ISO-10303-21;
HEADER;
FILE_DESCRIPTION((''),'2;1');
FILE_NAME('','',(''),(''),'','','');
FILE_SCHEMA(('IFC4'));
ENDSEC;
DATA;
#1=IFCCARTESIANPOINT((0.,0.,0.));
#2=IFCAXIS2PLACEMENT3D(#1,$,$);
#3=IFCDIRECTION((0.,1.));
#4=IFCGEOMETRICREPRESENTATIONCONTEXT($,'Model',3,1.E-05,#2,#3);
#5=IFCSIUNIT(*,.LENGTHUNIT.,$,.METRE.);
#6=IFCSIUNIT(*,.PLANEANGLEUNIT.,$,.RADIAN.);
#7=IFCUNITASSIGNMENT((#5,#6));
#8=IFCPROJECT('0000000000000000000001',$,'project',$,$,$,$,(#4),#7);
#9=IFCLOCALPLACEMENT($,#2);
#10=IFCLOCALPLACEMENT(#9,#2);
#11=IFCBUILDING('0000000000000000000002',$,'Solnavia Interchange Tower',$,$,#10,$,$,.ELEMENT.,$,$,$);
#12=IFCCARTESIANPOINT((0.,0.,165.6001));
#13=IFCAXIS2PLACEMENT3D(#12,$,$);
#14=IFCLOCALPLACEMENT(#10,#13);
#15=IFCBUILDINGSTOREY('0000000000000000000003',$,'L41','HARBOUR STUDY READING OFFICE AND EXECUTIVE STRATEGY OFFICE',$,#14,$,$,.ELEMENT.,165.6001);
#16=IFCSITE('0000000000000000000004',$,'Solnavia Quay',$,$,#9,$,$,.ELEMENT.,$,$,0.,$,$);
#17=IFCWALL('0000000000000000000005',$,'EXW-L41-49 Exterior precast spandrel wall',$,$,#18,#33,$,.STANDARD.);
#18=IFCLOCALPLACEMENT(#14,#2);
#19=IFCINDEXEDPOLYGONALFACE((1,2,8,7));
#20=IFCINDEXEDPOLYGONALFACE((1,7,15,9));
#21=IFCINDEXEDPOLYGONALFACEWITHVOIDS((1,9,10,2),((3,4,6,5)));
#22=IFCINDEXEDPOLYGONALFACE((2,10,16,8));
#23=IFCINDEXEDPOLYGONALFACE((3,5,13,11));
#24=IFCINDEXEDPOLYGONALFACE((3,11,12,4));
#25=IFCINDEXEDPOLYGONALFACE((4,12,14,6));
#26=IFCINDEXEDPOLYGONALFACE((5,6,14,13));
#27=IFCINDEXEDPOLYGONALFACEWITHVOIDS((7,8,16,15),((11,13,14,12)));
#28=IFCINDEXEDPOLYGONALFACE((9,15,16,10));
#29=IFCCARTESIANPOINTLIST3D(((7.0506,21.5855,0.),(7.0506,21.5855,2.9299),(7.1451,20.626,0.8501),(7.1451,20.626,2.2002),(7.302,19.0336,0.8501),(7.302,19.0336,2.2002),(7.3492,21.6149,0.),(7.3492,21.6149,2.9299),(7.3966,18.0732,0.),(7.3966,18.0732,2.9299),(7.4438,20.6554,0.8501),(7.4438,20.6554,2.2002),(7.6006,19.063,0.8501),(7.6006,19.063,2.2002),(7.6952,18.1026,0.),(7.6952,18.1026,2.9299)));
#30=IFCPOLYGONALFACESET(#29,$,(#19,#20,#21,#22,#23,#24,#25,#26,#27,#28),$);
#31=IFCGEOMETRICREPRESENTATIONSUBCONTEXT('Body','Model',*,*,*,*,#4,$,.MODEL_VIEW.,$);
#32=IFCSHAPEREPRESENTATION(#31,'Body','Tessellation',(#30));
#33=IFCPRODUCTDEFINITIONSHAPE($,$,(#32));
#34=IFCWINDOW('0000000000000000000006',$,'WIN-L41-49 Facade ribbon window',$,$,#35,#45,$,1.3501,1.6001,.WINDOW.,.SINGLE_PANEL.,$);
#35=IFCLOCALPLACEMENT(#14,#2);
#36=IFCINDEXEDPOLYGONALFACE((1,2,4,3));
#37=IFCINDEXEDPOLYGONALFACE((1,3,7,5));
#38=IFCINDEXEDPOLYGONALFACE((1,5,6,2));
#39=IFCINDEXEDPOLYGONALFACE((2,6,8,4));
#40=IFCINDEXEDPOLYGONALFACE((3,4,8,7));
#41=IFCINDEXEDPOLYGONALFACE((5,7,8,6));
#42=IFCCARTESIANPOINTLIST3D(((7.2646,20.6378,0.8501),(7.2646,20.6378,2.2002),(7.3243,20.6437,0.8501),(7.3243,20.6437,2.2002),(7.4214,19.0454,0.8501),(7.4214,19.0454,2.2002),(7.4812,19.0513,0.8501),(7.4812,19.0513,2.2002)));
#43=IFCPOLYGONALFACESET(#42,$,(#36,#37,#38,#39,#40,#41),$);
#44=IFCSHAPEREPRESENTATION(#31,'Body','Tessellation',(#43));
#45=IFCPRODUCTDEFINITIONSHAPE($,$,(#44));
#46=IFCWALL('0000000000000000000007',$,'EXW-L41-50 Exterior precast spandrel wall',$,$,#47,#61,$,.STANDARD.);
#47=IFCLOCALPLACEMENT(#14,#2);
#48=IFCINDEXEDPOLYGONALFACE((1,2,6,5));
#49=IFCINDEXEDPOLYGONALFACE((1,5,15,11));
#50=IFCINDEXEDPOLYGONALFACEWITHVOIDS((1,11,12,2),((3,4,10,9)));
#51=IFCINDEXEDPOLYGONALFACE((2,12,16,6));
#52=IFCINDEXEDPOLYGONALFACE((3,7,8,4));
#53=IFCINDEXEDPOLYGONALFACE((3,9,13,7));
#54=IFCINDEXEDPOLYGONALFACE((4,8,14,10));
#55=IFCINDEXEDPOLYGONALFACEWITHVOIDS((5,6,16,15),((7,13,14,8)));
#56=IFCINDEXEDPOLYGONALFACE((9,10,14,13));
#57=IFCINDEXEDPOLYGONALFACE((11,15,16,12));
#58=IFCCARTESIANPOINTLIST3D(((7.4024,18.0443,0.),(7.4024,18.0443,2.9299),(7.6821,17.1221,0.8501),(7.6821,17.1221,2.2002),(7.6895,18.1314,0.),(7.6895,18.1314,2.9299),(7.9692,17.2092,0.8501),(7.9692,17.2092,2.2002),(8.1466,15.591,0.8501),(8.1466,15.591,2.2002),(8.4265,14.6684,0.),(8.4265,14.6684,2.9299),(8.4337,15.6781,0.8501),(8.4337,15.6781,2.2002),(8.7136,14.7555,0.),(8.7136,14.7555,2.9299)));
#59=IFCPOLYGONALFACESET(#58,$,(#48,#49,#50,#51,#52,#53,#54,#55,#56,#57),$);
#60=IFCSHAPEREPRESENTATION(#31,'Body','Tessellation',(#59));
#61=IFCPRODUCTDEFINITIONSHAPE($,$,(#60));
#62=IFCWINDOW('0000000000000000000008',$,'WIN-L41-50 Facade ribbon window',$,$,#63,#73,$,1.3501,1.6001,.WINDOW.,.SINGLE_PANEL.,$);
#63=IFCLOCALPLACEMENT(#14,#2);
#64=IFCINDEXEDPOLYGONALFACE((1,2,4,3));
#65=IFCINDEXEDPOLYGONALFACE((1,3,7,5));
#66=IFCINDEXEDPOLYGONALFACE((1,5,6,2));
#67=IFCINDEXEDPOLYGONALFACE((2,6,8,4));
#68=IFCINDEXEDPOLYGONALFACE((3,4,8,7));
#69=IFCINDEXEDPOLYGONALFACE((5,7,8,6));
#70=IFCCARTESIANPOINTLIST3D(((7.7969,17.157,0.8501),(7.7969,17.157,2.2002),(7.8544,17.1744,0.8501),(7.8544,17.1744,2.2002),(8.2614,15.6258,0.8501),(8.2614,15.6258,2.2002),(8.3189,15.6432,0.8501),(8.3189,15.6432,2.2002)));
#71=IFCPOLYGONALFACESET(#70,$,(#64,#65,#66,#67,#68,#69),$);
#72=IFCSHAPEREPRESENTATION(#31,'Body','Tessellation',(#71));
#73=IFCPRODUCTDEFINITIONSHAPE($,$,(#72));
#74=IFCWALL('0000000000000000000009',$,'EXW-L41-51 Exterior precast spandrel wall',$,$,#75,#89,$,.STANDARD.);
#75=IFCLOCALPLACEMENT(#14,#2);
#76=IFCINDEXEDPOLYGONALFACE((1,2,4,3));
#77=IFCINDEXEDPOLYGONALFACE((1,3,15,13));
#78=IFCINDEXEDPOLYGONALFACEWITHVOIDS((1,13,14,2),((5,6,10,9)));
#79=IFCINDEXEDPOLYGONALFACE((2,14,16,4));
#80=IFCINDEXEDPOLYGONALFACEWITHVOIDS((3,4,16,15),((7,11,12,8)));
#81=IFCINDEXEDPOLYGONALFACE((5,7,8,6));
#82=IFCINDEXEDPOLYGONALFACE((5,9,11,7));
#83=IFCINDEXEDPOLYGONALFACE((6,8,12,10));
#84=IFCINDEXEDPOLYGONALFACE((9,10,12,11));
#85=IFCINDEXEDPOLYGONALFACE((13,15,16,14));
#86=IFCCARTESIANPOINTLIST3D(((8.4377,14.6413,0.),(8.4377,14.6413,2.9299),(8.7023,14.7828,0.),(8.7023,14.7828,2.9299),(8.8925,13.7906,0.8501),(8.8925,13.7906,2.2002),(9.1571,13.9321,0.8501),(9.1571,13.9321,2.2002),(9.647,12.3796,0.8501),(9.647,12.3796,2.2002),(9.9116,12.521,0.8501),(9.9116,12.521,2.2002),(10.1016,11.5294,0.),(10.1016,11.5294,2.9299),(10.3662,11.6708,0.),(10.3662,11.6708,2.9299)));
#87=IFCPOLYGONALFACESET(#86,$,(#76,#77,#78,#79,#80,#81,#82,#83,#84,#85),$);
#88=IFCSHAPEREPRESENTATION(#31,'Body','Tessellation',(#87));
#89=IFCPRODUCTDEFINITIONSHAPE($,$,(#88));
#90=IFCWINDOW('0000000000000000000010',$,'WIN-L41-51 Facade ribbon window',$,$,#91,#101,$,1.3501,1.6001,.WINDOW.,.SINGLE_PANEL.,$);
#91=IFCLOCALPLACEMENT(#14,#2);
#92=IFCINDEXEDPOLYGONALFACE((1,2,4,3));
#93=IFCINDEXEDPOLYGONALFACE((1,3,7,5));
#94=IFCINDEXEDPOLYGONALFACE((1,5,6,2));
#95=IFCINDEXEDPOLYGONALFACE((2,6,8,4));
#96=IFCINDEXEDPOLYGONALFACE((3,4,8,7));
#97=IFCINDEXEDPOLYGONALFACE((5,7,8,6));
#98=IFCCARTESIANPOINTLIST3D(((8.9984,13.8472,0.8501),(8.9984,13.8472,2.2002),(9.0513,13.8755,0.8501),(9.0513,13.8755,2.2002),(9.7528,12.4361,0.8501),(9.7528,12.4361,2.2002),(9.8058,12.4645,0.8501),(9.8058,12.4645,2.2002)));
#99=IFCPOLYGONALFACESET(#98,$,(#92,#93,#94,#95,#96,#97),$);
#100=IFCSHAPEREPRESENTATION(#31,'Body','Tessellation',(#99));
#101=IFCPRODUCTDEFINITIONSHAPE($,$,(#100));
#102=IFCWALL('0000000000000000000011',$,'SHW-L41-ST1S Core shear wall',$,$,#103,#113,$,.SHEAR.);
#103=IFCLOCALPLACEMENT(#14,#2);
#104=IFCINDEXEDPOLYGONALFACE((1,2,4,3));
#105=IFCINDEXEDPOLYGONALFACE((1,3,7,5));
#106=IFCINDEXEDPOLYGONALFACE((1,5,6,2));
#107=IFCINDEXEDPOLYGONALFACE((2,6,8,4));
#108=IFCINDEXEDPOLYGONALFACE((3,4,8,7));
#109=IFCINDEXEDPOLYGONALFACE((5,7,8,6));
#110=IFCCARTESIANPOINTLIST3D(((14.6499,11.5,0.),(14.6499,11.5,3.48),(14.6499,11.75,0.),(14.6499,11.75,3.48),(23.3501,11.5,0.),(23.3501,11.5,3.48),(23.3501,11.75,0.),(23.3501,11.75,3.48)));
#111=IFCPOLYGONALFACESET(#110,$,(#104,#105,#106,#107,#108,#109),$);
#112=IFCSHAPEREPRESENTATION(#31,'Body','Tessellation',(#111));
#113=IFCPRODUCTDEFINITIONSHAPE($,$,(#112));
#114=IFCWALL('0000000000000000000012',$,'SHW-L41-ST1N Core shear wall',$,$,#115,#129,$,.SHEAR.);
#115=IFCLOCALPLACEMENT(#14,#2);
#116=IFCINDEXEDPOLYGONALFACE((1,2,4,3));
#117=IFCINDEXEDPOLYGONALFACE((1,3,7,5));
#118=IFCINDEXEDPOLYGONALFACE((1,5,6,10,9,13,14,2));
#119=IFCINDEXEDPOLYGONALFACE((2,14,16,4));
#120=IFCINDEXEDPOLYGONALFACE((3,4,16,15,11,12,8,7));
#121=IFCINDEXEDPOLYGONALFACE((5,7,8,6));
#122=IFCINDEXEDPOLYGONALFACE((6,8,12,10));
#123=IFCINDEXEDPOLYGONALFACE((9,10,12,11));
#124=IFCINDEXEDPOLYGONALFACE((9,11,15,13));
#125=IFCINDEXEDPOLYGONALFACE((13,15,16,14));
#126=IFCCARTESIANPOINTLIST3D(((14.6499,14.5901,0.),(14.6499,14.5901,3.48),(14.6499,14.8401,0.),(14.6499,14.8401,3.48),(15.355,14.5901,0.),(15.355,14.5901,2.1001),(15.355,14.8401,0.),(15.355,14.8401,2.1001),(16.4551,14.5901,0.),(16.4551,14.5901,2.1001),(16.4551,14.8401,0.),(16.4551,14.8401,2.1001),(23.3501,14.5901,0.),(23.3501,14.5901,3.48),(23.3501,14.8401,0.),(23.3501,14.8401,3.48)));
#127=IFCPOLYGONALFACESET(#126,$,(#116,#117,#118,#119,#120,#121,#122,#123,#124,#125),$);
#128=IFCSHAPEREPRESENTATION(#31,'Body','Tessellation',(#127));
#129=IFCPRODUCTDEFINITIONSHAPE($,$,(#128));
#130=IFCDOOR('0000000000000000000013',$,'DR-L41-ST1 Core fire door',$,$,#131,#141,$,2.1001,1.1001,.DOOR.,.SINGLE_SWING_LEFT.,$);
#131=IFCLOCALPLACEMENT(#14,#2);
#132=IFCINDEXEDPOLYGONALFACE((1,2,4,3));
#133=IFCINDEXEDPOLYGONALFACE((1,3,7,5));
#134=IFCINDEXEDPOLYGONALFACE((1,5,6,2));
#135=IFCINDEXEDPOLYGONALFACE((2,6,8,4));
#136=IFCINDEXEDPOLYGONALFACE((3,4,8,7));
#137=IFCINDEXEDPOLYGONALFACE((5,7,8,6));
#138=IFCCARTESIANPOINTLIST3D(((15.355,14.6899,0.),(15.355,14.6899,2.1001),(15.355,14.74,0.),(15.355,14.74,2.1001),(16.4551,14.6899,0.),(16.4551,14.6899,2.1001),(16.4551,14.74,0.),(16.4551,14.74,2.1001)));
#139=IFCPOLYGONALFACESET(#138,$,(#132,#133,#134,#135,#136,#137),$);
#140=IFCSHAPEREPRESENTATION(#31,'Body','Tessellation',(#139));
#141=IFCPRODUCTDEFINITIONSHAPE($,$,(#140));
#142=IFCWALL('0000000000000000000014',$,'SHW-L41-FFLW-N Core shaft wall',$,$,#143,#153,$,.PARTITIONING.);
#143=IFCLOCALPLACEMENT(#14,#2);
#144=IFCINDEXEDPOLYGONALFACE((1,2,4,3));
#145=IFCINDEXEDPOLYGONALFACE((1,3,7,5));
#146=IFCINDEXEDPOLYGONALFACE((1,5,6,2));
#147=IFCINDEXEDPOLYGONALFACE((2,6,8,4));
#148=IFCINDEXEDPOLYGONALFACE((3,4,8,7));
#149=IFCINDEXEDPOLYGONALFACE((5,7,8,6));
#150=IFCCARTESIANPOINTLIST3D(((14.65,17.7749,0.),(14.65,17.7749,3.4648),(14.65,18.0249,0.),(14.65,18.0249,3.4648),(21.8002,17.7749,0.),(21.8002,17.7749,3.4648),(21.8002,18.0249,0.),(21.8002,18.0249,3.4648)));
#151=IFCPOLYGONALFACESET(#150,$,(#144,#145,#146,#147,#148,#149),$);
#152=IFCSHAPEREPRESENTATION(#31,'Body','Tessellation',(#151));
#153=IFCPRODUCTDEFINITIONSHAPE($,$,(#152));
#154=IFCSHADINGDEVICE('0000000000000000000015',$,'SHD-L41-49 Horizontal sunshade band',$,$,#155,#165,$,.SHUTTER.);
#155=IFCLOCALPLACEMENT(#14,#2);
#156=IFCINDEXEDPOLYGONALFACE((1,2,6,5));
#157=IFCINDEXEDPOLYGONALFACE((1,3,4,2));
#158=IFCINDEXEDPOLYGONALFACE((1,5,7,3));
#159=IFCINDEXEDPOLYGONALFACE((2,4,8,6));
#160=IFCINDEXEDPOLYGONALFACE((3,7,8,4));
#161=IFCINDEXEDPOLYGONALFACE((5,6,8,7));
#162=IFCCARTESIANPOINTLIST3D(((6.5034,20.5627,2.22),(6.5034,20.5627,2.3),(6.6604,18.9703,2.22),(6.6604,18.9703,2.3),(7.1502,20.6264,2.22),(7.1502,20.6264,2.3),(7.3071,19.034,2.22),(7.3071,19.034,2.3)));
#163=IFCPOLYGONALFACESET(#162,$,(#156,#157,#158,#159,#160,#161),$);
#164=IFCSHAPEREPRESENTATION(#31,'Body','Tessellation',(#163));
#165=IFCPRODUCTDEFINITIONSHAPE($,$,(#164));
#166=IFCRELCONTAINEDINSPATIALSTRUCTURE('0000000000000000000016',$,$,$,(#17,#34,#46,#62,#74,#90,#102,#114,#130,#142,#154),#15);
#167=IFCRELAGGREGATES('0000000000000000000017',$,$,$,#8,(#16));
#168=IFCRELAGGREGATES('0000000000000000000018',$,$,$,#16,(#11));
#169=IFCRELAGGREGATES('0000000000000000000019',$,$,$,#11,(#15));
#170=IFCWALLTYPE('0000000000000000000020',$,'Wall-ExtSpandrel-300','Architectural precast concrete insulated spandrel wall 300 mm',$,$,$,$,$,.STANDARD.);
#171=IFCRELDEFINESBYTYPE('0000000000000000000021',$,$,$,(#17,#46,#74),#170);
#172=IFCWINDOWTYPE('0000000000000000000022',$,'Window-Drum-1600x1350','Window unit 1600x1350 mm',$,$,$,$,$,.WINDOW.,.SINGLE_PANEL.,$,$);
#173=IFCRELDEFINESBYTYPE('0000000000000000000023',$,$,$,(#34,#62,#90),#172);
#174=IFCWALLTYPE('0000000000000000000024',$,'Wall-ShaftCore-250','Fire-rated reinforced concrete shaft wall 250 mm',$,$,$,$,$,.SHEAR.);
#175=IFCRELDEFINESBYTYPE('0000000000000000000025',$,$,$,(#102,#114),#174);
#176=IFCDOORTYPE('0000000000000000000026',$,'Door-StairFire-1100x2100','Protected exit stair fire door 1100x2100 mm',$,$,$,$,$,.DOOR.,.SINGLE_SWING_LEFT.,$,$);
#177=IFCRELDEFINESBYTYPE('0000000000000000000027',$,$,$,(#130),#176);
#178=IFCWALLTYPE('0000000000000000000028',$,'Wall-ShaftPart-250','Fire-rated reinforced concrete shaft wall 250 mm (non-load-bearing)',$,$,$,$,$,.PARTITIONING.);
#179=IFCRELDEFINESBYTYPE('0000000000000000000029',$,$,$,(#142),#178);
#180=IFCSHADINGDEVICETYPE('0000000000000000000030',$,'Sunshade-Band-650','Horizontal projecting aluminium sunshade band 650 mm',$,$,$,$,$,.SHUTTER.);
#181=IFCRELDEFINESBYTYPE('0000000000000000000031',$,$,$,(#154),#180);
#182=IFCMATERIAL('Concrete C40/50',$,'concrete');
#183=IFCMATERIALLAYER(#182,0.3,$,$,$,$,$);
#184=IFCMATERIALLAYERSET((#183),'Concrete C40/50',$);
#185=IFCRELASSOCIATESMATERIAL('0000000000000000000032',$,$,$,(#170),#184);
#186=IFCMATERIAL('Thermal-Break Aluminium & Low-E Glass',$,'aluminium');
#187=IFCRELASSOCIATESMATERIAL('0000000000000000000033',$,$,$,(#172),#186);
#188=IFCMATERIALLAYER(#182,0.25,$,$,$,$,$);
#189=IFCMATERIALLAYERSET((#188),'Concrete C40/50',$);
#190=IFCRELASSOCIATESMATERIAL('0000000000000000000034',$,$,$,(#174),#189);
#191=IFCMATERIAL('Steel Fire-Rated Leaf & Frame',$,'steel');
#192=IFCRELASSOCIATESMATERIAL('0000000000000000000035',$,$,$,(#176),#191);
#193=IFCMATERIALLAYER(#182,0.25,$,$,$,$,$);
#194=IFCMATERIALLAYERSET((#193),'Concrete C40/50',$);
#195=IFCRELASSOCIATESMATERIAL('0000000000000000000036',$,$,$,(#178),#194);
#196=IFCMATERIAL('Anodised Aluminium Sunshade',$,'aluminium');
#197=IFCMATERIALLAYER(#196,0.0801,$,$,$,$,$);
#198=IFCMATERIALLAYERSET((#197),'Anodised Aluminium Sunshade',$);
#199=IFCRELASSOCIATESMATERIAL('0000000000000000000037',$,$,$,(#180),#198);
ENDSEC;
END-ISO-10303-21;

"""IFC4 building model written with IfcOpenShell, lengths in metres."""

from ifc_helpers import new_model, si_unit, direction, frame, frame_2d, origin, origin_2d, place, context, subcontext, project, spatial, rectangle, extrude, material, layer, layer_set, type_object, element, fill, save


model = new_model("IFC4")

# Units and contexts
model_context = context("Model", 3, precision=1e-05, world=origin(), true_north=direction((0.0, 1.0)))
body_context = subcontext(model_context, "Body", "Model", "MODEL_VIEW")
ifc_project = project(units=[si_unit("LENGTHUNIT", "METRE"), si_unit("PLANEANGLEUNIT", "RADIAN")], contexts=[model_context])

# Site, building, storey
site_placement = place(None, origin())
site = spatial("IfcSite", under=ifc_project, at=site_placement, Name="Solnavia Quay", CompositionType="ELEMENT", RefElevation=0.0)
building_placement = place(site_placement, origin())
building = spatial("IfcBuilding", under=site, at=building_placement, Name="Solnavia Interchange Tower", CompositionType="ELEMENT")
storey_placement = place(building_placement, frame((0.0, 0.0, 165.6001)))
storey = spatial("IfcBuildingStorey", under=building, at=storey_placement, Name="L41", Description="HARBOUR STUDY READING OFFICE AND EXECUTIVE STRATEGY OFFICE", CompositionType="ELEMENT", Elevation=165.6001)

# Walls, openings, windows
ifc_material_1 = material(Name="Concrete C40/50", Category="concrete")
ifc_layer_1 = layer(ifc_material_1, 0.3)
ifc_layer_set_1 = layer_set([ifc_layer_1], Name="Concrete C40/50")
wall_type_1 = type_object("IfcWallType", Name="Wall-ExtSpandrel-300", Description="Architectural precast concrete insulated spandrel wall 300 mm", PredefinedType="STANDARD", material=ifc_layer_set_1)
ifc_material_2 = material(Name="Thermal-Break Aluminium & Low-E Glass", Category="aluminium")
wall_1_placement = place(storey_placement, frame((7.5459, 18.0879, 0.0), z_axis=(0.0, 0.0, 1.0), x_axis=(-0.098024, 0.995184, 0.0)))
wall_1 = element("IfcWall", 1, at=wall_1_placement, inside=storey, type_object=wall_type_1, Name="EXW-L41-49 Exterior precast spandrel wall", PredefinedType="STANDARD", context=body_context, shape_type="SweptSolid", body=[
    extrude(rectangle(XDim=3.5293, YDim=0.3, at=frame_2d((1.7646, 0.0))), origin(), (0.0, 0.0, 1.0), 2.9299),
])
opening_1_placement = place(wall_1_placement, frame((0.9651, 0.0, 0.8501)))
opening_1 = element("IfcOpeningElement", 2, at=opening_1_placement, cuts=wall_1, PredefinedType="OPENING", context=body_context, shape_type="SweptSolid", body=[
    extrude(rectangle(XDim=1.6001, YDim=1.3501, at=frame_2d((0.8, 0.675))), frame((0.0, 0.1602, 0.0), z_axis=(0.0, -1.0, 0.0), x_axis=(1.0, 0.0, 0.0)), (0.0, 0.0, 1.0), 0.3201),
])
window_type_1 = type_object("IfcWindowType", Name="Window-Drum-1600x1350", Description="Window unit 1600x1350 mm", PartitioningType="SINGLE_PANEL", PredefinedType="WINDOW", material=ifc_material_2)
window_1_placement = place(opening_1_placement, origin())
window_1 = element("IfcWindow", 3, at=window_1_placement, inside=storey, type_object=window_type_1, Name="WIN-L41-49 Facade ribbon window", OverallHeight=1.3501, OverallWidth=1.6001, PartitioningType="SINGLE_PANEL", PredefinedType="WINDOW", context=body_context, shape_type="SweptSolid", body=[
    extrude(rectangle(XDim=1.6001, YDim=1.3501, at=frame_2d((0.8, 0.675))), frame((0.0, 0.03, 0.0), z_axis=(0.0, -1.0, 0.0), x_axis=(1.0, 0.0, 0.0)), (0.0, 0.0, 1.0), 0.0601),
])
fill(opening_1, window_1)
wall_2_placement = place(storey_placement, frame((8.5701, 14.7119, 0.0), z_axis=(0.0, 0.0, 1.0), x_axis=(-0.290305, 0.956934, 0.0)))
wall_2 = element("IfcWall", 4, at=wall_2_placement, inside=storey, type_object=wall_type_1, Name="EXW-L41-50 Exterior precast spandrel wall", PredefinedType="STANDARD", context=body_context, shape_type="SweptSolid", body=[
    extrude(rectangle(XDim=3.5278, YDim=0.3, at=frame_2d((1.7639, 0.0))), origin(), (0.0, 0.0, 1.0), 2.9299),
])
opening_2_placement = place(wall_2_placement, frame((0.9641, 0.0, 0.8501)))
opening_2 = element("IfcOpeningElement", 5, at=opening_2_placement, cuts=wall_2, PredefinedType="OPENING", context=body_context, shape_type="SweptSolid", body=[
    extrude(rectangle(XDim=1.6001, YDim=1.3501, at=frame_2d((0.8, 0.675))), frame((0.0, 0.1602, 0.0), z_axis=(0.0, -1.0, 0.0), x_axis=(1.0, 0.0, 0.0)), (0.0, 0.0, 1.0), 0.3201),
])
window_2_placement = place(opening_2_placement, origin())
window_2 = element("IfcWindow", 6, at=window_2_placement, inside=storey, type_object=window_type_1, Name="WIN-L41-50 Facade ribbon window", OverallHeight=1.3501, OverallWidth=1.6001, PartitioningType="SINGLE_PANEL", PredefinedType="WINDOW", context=body_context, shape_type="SweptSolid", body=[
    extrude(rectangle(XDim=1.6001, YDim=1.3501, at=frame_2d((0.8, 0.675))), frame((0.0, 0.03, 0.0), z_axis=(0.0, -1.0, 0.0), x_axis=(1.0, 0.0, 0.0)), (0.0, 0.0, 1.0), 0.0601),
])
fill(opening_2, window_2)
wall_3_placement = place(storey_placement, frame((10.2339, 11.6001, 0.0), z_axis=(0.0, 0.0, 1.0), x_axis=(-0.471511, 0.88186, 0.0)))
wall_3 = element("IfcWall", 7, at=wall_3_placement, inside=storey, type_object=wall_type_1, Name="EXW-L41-51 Exterior precast spandrel wall", PredefinedType="STANDARD", context=body_context, shape_type="SweptSolid", body=[
    extrude(rectangle(XDim=3.5288, YDim=0.3, at=frame_2d((1.7644, 0.0))), origin(), (0.0, 0.0, 1.0), 2.9299),
])
opening_3_placement = place(wall_3_placement, frame((0.9641, 0.0, 0.8501)))
opening_3 = element("IfcOpeningElement", 8, at=opening_3_placement, cuts=wall_3, PredefinedType="OPENING", context=body_context, shape_type="SweptSolid", body=[
    extrude(rectangle(XDim=1.6001, YDim=1.3501, at=frame_2d((0.8, 0.675))), frame((0.0, 0.1602, 0.0), z_axis=(0.0, -1.0, 0.0), x_axis=(1.0, 0.0, 0.0)), (0.0, 0.0, 1.0), 0.3201),
])
window_3_placement = place(opening_3_placement, origin())
window_3 = element("IfcWindow", 9, at=window_3_placement, inside=storey, type_object=window_type_1, Name="WIN-L41-51 Facade ribbon window", OverallHeight=1.3501, OverallWidth=1.6001, PartitioningType="SINGLE_PANEL", PredefinedType="WINDOW", context=body_context, shape_type="SweptSolid", body=[
    extrude(rectangle(XDim=1.6001, YDim=1.3501, at=frame_2d((0.8, 0.675))), frame((0.0, 0.03, 0.0), z_axis=(0.0, -1.0, 0.0), x_axis=(1.0, 0.0, 0.0)), (0.0, 0.0, 1.0), 0.0601),
])
fill(opening_3, window_3)

# Wall
ifc_layer_2 = layer(ifc_material_1, 0.25)
ifc_layer_set_2 = layer_set([ifc_layer_2], Name="Concrete C40/50")
wall_type_2 = type_object("IfcWallType", Name="Wall-ShaftCore-250", Description="Fire-rated reinforced concrete shaft wall 250 mm", PredefinedType="SHEAR", material=ifc_layer_set_2)
wall_4_placement = place(storey_placement, frame((14.6499, 11.625, 0.0), z_axis=(0.0, 0.0, 1.0), x_axis=(1.0, 0.0, 0.0)))
element("IfcWall", 10, at=wall_4_placement, inside=storey, type_object=wall_type_2, Name="SHW-L41-ST1S Core shear wall", PredefinedType="SHEAR", context=body_context, shape_type="SweptSolid", body=[
    extrude(rectangle(XDim=8.7002, YDim=0.25, at=frame_2d((4.3501, 0.0))), origin(), (0.0, 0.0, 1.0), 3.48),
])

# Wall, opening, door
wall_5_placement = place(storey_placement, frame((14.6499, 14.7151, 0.0), z_axis=(0.0, 0.0, 1.0), x_axis=(1.0, 0.0, 0.0)))
wall_5 = element("IfcWall", 11, at=wall_5_placement, inside=storey, type_object=wall_type_2, Name="SHW-L41-ST1N Core shear wall", PredefinedType="SHEAR", context=body_context, shape_type="SweptSolid", body=[
    extrude(rectangle(XDim=8.7002, YDim=0.25, at=frame_2d((4.3501, 0.0))), origin(), (0.0, 0.0, 1.0), 3.48),
])
opening_4_placement = place(wall_5_placement, frame((0.7051, 0.0, 0.0)))
opening_4 = element("IfcOpeningElement", 12, at=opening_4_placement, cuts=wall_5, PredefinedType="OPENING", context=body_context, shape_type="SweptSolid", body=[
    extrude(rectangle(XDim=1.1001, YDim=2.1001, at=frame_2d((0.55, 1.05))), frame((0.0, 0.135, 0.0), z_axis=(0.0, -1.0, 0.0), x_axis=(1.0, 0.0, 0.0)), (0.0, 0.0, 1.0), 0.27),
])
ifc_material_3 = material(Name="Steel Fire-Rated Leaf & Frame", Category="steel")
door_type_1 = type_object("IfcDoorType", Name="Door-StairFire-1100x2100", Description="Protected exit stair fire door 1100x2100 mm", OperationType="SINGLE_SWING_LEFT", PredefinedType="DOOR", material=ifc_material_3)
door_1_placement = place(opening_4_placement, origin())
door_1 = element("IfcDoor", 13, at=door_1_placement, inside=storey, type_object=door_type_1, Name="DR-L41-ST1 Core fire door", OperationType="SINGLE_SWING_LEFT", OverallHeight=2.1001, OverallWidth=1.1001, PredefinedType="DOOR", context=body_context, shape_type="SweptSolid", body=[
    extrude(rectangle(XDim=1.1001, YDim=2.1001, at=frame_2d((0.55, 1.05))), frame((0.0, 0.0249, 0.0), z_axis=(0.0, -1.0, 0.0), x_axis=(1.0, 0.0, 0.0)), (0.0, 0.0, 1.0), 0.05),
])
fill(opening_4, door_1)

# Wall
ifc_layer_3 = layer(ifc_material_1, 0.25)
ifc_layer_set_3 = layer_set([ifc_layer_3], Name="Concrete C40/50")
wall_type_3 = type_object("IfcWallType", Name="Wall-ShaftPart-250", Description="Fire-rated reinforced concrete shaft wall 250 mm (non-load-bearing)", PredefinedType="PARTITIONING", material=ifc_layer_set_3)
wall_6_placement = place(storey_placement, frame((14.6499, 17.8999, 0.0), z_axis=(0.0, 0.0, 1.0), x_axis=(1.0, 0.0, 0.0)))
element("IfcWall", 14, at=wall_6_placement, inside=storey, type_object=wall_type_3, Name="SHW-L41-FFLW-N Core shaft wall", PredefinedType="PARTITIONING", context=body_context, shape_type="SweptSolid", body=[
    extrude(rectangle(XDim=7.1501, YDim=0.25, at=frame_2d((3.5752, 0.0))), origin(), (0.0, 0.0, 1.0), 3.4648),
])

# Shading device
ifc_material_4 = material(Name="Anodised Aluminium Sunshade", Category="aluminium")
ifc_layer_4 = layer(ifc_material_4, 0.0801)
ifc_layer_set_4 = layer_set([ifc_layer_4], Name="Anodised Aluminium Sunshade")
shading_device_type = type_object("IfcShadingDeviceType", Name="Sunshade-Band-650", Description="Horizontal projecting aluminium sunshade band 650 mm", PredefinedType="SHUTTER", material=ifc_layer_set_4)
for number, where, z_axis, x_axis, name in (
    (15, (6.9053, 19.7983, 2.22), (0.0, 0.0, 1.0), (-0.098104, 0.995176, 0.0), "SHD-L41-49 Horizontal sunshade band"),
):
    element("IfcShadingDevice", number, at=place(storey_placement, frame(where, z_axis=z_axis, x_axis=x_axis)), inside=storey, type_object=shading_device_type, Name=name, PredefinedType="SHUTTER", context=body_context, shape_type="SweptSolid", body=[
        extrude(rectangle(XDim=1.6001, YDim=0.6499, at=origin_2d()), origin(), (0.0, 0.0, 1.0), 0.0801),
    ])

save(model, "model.ifc")
